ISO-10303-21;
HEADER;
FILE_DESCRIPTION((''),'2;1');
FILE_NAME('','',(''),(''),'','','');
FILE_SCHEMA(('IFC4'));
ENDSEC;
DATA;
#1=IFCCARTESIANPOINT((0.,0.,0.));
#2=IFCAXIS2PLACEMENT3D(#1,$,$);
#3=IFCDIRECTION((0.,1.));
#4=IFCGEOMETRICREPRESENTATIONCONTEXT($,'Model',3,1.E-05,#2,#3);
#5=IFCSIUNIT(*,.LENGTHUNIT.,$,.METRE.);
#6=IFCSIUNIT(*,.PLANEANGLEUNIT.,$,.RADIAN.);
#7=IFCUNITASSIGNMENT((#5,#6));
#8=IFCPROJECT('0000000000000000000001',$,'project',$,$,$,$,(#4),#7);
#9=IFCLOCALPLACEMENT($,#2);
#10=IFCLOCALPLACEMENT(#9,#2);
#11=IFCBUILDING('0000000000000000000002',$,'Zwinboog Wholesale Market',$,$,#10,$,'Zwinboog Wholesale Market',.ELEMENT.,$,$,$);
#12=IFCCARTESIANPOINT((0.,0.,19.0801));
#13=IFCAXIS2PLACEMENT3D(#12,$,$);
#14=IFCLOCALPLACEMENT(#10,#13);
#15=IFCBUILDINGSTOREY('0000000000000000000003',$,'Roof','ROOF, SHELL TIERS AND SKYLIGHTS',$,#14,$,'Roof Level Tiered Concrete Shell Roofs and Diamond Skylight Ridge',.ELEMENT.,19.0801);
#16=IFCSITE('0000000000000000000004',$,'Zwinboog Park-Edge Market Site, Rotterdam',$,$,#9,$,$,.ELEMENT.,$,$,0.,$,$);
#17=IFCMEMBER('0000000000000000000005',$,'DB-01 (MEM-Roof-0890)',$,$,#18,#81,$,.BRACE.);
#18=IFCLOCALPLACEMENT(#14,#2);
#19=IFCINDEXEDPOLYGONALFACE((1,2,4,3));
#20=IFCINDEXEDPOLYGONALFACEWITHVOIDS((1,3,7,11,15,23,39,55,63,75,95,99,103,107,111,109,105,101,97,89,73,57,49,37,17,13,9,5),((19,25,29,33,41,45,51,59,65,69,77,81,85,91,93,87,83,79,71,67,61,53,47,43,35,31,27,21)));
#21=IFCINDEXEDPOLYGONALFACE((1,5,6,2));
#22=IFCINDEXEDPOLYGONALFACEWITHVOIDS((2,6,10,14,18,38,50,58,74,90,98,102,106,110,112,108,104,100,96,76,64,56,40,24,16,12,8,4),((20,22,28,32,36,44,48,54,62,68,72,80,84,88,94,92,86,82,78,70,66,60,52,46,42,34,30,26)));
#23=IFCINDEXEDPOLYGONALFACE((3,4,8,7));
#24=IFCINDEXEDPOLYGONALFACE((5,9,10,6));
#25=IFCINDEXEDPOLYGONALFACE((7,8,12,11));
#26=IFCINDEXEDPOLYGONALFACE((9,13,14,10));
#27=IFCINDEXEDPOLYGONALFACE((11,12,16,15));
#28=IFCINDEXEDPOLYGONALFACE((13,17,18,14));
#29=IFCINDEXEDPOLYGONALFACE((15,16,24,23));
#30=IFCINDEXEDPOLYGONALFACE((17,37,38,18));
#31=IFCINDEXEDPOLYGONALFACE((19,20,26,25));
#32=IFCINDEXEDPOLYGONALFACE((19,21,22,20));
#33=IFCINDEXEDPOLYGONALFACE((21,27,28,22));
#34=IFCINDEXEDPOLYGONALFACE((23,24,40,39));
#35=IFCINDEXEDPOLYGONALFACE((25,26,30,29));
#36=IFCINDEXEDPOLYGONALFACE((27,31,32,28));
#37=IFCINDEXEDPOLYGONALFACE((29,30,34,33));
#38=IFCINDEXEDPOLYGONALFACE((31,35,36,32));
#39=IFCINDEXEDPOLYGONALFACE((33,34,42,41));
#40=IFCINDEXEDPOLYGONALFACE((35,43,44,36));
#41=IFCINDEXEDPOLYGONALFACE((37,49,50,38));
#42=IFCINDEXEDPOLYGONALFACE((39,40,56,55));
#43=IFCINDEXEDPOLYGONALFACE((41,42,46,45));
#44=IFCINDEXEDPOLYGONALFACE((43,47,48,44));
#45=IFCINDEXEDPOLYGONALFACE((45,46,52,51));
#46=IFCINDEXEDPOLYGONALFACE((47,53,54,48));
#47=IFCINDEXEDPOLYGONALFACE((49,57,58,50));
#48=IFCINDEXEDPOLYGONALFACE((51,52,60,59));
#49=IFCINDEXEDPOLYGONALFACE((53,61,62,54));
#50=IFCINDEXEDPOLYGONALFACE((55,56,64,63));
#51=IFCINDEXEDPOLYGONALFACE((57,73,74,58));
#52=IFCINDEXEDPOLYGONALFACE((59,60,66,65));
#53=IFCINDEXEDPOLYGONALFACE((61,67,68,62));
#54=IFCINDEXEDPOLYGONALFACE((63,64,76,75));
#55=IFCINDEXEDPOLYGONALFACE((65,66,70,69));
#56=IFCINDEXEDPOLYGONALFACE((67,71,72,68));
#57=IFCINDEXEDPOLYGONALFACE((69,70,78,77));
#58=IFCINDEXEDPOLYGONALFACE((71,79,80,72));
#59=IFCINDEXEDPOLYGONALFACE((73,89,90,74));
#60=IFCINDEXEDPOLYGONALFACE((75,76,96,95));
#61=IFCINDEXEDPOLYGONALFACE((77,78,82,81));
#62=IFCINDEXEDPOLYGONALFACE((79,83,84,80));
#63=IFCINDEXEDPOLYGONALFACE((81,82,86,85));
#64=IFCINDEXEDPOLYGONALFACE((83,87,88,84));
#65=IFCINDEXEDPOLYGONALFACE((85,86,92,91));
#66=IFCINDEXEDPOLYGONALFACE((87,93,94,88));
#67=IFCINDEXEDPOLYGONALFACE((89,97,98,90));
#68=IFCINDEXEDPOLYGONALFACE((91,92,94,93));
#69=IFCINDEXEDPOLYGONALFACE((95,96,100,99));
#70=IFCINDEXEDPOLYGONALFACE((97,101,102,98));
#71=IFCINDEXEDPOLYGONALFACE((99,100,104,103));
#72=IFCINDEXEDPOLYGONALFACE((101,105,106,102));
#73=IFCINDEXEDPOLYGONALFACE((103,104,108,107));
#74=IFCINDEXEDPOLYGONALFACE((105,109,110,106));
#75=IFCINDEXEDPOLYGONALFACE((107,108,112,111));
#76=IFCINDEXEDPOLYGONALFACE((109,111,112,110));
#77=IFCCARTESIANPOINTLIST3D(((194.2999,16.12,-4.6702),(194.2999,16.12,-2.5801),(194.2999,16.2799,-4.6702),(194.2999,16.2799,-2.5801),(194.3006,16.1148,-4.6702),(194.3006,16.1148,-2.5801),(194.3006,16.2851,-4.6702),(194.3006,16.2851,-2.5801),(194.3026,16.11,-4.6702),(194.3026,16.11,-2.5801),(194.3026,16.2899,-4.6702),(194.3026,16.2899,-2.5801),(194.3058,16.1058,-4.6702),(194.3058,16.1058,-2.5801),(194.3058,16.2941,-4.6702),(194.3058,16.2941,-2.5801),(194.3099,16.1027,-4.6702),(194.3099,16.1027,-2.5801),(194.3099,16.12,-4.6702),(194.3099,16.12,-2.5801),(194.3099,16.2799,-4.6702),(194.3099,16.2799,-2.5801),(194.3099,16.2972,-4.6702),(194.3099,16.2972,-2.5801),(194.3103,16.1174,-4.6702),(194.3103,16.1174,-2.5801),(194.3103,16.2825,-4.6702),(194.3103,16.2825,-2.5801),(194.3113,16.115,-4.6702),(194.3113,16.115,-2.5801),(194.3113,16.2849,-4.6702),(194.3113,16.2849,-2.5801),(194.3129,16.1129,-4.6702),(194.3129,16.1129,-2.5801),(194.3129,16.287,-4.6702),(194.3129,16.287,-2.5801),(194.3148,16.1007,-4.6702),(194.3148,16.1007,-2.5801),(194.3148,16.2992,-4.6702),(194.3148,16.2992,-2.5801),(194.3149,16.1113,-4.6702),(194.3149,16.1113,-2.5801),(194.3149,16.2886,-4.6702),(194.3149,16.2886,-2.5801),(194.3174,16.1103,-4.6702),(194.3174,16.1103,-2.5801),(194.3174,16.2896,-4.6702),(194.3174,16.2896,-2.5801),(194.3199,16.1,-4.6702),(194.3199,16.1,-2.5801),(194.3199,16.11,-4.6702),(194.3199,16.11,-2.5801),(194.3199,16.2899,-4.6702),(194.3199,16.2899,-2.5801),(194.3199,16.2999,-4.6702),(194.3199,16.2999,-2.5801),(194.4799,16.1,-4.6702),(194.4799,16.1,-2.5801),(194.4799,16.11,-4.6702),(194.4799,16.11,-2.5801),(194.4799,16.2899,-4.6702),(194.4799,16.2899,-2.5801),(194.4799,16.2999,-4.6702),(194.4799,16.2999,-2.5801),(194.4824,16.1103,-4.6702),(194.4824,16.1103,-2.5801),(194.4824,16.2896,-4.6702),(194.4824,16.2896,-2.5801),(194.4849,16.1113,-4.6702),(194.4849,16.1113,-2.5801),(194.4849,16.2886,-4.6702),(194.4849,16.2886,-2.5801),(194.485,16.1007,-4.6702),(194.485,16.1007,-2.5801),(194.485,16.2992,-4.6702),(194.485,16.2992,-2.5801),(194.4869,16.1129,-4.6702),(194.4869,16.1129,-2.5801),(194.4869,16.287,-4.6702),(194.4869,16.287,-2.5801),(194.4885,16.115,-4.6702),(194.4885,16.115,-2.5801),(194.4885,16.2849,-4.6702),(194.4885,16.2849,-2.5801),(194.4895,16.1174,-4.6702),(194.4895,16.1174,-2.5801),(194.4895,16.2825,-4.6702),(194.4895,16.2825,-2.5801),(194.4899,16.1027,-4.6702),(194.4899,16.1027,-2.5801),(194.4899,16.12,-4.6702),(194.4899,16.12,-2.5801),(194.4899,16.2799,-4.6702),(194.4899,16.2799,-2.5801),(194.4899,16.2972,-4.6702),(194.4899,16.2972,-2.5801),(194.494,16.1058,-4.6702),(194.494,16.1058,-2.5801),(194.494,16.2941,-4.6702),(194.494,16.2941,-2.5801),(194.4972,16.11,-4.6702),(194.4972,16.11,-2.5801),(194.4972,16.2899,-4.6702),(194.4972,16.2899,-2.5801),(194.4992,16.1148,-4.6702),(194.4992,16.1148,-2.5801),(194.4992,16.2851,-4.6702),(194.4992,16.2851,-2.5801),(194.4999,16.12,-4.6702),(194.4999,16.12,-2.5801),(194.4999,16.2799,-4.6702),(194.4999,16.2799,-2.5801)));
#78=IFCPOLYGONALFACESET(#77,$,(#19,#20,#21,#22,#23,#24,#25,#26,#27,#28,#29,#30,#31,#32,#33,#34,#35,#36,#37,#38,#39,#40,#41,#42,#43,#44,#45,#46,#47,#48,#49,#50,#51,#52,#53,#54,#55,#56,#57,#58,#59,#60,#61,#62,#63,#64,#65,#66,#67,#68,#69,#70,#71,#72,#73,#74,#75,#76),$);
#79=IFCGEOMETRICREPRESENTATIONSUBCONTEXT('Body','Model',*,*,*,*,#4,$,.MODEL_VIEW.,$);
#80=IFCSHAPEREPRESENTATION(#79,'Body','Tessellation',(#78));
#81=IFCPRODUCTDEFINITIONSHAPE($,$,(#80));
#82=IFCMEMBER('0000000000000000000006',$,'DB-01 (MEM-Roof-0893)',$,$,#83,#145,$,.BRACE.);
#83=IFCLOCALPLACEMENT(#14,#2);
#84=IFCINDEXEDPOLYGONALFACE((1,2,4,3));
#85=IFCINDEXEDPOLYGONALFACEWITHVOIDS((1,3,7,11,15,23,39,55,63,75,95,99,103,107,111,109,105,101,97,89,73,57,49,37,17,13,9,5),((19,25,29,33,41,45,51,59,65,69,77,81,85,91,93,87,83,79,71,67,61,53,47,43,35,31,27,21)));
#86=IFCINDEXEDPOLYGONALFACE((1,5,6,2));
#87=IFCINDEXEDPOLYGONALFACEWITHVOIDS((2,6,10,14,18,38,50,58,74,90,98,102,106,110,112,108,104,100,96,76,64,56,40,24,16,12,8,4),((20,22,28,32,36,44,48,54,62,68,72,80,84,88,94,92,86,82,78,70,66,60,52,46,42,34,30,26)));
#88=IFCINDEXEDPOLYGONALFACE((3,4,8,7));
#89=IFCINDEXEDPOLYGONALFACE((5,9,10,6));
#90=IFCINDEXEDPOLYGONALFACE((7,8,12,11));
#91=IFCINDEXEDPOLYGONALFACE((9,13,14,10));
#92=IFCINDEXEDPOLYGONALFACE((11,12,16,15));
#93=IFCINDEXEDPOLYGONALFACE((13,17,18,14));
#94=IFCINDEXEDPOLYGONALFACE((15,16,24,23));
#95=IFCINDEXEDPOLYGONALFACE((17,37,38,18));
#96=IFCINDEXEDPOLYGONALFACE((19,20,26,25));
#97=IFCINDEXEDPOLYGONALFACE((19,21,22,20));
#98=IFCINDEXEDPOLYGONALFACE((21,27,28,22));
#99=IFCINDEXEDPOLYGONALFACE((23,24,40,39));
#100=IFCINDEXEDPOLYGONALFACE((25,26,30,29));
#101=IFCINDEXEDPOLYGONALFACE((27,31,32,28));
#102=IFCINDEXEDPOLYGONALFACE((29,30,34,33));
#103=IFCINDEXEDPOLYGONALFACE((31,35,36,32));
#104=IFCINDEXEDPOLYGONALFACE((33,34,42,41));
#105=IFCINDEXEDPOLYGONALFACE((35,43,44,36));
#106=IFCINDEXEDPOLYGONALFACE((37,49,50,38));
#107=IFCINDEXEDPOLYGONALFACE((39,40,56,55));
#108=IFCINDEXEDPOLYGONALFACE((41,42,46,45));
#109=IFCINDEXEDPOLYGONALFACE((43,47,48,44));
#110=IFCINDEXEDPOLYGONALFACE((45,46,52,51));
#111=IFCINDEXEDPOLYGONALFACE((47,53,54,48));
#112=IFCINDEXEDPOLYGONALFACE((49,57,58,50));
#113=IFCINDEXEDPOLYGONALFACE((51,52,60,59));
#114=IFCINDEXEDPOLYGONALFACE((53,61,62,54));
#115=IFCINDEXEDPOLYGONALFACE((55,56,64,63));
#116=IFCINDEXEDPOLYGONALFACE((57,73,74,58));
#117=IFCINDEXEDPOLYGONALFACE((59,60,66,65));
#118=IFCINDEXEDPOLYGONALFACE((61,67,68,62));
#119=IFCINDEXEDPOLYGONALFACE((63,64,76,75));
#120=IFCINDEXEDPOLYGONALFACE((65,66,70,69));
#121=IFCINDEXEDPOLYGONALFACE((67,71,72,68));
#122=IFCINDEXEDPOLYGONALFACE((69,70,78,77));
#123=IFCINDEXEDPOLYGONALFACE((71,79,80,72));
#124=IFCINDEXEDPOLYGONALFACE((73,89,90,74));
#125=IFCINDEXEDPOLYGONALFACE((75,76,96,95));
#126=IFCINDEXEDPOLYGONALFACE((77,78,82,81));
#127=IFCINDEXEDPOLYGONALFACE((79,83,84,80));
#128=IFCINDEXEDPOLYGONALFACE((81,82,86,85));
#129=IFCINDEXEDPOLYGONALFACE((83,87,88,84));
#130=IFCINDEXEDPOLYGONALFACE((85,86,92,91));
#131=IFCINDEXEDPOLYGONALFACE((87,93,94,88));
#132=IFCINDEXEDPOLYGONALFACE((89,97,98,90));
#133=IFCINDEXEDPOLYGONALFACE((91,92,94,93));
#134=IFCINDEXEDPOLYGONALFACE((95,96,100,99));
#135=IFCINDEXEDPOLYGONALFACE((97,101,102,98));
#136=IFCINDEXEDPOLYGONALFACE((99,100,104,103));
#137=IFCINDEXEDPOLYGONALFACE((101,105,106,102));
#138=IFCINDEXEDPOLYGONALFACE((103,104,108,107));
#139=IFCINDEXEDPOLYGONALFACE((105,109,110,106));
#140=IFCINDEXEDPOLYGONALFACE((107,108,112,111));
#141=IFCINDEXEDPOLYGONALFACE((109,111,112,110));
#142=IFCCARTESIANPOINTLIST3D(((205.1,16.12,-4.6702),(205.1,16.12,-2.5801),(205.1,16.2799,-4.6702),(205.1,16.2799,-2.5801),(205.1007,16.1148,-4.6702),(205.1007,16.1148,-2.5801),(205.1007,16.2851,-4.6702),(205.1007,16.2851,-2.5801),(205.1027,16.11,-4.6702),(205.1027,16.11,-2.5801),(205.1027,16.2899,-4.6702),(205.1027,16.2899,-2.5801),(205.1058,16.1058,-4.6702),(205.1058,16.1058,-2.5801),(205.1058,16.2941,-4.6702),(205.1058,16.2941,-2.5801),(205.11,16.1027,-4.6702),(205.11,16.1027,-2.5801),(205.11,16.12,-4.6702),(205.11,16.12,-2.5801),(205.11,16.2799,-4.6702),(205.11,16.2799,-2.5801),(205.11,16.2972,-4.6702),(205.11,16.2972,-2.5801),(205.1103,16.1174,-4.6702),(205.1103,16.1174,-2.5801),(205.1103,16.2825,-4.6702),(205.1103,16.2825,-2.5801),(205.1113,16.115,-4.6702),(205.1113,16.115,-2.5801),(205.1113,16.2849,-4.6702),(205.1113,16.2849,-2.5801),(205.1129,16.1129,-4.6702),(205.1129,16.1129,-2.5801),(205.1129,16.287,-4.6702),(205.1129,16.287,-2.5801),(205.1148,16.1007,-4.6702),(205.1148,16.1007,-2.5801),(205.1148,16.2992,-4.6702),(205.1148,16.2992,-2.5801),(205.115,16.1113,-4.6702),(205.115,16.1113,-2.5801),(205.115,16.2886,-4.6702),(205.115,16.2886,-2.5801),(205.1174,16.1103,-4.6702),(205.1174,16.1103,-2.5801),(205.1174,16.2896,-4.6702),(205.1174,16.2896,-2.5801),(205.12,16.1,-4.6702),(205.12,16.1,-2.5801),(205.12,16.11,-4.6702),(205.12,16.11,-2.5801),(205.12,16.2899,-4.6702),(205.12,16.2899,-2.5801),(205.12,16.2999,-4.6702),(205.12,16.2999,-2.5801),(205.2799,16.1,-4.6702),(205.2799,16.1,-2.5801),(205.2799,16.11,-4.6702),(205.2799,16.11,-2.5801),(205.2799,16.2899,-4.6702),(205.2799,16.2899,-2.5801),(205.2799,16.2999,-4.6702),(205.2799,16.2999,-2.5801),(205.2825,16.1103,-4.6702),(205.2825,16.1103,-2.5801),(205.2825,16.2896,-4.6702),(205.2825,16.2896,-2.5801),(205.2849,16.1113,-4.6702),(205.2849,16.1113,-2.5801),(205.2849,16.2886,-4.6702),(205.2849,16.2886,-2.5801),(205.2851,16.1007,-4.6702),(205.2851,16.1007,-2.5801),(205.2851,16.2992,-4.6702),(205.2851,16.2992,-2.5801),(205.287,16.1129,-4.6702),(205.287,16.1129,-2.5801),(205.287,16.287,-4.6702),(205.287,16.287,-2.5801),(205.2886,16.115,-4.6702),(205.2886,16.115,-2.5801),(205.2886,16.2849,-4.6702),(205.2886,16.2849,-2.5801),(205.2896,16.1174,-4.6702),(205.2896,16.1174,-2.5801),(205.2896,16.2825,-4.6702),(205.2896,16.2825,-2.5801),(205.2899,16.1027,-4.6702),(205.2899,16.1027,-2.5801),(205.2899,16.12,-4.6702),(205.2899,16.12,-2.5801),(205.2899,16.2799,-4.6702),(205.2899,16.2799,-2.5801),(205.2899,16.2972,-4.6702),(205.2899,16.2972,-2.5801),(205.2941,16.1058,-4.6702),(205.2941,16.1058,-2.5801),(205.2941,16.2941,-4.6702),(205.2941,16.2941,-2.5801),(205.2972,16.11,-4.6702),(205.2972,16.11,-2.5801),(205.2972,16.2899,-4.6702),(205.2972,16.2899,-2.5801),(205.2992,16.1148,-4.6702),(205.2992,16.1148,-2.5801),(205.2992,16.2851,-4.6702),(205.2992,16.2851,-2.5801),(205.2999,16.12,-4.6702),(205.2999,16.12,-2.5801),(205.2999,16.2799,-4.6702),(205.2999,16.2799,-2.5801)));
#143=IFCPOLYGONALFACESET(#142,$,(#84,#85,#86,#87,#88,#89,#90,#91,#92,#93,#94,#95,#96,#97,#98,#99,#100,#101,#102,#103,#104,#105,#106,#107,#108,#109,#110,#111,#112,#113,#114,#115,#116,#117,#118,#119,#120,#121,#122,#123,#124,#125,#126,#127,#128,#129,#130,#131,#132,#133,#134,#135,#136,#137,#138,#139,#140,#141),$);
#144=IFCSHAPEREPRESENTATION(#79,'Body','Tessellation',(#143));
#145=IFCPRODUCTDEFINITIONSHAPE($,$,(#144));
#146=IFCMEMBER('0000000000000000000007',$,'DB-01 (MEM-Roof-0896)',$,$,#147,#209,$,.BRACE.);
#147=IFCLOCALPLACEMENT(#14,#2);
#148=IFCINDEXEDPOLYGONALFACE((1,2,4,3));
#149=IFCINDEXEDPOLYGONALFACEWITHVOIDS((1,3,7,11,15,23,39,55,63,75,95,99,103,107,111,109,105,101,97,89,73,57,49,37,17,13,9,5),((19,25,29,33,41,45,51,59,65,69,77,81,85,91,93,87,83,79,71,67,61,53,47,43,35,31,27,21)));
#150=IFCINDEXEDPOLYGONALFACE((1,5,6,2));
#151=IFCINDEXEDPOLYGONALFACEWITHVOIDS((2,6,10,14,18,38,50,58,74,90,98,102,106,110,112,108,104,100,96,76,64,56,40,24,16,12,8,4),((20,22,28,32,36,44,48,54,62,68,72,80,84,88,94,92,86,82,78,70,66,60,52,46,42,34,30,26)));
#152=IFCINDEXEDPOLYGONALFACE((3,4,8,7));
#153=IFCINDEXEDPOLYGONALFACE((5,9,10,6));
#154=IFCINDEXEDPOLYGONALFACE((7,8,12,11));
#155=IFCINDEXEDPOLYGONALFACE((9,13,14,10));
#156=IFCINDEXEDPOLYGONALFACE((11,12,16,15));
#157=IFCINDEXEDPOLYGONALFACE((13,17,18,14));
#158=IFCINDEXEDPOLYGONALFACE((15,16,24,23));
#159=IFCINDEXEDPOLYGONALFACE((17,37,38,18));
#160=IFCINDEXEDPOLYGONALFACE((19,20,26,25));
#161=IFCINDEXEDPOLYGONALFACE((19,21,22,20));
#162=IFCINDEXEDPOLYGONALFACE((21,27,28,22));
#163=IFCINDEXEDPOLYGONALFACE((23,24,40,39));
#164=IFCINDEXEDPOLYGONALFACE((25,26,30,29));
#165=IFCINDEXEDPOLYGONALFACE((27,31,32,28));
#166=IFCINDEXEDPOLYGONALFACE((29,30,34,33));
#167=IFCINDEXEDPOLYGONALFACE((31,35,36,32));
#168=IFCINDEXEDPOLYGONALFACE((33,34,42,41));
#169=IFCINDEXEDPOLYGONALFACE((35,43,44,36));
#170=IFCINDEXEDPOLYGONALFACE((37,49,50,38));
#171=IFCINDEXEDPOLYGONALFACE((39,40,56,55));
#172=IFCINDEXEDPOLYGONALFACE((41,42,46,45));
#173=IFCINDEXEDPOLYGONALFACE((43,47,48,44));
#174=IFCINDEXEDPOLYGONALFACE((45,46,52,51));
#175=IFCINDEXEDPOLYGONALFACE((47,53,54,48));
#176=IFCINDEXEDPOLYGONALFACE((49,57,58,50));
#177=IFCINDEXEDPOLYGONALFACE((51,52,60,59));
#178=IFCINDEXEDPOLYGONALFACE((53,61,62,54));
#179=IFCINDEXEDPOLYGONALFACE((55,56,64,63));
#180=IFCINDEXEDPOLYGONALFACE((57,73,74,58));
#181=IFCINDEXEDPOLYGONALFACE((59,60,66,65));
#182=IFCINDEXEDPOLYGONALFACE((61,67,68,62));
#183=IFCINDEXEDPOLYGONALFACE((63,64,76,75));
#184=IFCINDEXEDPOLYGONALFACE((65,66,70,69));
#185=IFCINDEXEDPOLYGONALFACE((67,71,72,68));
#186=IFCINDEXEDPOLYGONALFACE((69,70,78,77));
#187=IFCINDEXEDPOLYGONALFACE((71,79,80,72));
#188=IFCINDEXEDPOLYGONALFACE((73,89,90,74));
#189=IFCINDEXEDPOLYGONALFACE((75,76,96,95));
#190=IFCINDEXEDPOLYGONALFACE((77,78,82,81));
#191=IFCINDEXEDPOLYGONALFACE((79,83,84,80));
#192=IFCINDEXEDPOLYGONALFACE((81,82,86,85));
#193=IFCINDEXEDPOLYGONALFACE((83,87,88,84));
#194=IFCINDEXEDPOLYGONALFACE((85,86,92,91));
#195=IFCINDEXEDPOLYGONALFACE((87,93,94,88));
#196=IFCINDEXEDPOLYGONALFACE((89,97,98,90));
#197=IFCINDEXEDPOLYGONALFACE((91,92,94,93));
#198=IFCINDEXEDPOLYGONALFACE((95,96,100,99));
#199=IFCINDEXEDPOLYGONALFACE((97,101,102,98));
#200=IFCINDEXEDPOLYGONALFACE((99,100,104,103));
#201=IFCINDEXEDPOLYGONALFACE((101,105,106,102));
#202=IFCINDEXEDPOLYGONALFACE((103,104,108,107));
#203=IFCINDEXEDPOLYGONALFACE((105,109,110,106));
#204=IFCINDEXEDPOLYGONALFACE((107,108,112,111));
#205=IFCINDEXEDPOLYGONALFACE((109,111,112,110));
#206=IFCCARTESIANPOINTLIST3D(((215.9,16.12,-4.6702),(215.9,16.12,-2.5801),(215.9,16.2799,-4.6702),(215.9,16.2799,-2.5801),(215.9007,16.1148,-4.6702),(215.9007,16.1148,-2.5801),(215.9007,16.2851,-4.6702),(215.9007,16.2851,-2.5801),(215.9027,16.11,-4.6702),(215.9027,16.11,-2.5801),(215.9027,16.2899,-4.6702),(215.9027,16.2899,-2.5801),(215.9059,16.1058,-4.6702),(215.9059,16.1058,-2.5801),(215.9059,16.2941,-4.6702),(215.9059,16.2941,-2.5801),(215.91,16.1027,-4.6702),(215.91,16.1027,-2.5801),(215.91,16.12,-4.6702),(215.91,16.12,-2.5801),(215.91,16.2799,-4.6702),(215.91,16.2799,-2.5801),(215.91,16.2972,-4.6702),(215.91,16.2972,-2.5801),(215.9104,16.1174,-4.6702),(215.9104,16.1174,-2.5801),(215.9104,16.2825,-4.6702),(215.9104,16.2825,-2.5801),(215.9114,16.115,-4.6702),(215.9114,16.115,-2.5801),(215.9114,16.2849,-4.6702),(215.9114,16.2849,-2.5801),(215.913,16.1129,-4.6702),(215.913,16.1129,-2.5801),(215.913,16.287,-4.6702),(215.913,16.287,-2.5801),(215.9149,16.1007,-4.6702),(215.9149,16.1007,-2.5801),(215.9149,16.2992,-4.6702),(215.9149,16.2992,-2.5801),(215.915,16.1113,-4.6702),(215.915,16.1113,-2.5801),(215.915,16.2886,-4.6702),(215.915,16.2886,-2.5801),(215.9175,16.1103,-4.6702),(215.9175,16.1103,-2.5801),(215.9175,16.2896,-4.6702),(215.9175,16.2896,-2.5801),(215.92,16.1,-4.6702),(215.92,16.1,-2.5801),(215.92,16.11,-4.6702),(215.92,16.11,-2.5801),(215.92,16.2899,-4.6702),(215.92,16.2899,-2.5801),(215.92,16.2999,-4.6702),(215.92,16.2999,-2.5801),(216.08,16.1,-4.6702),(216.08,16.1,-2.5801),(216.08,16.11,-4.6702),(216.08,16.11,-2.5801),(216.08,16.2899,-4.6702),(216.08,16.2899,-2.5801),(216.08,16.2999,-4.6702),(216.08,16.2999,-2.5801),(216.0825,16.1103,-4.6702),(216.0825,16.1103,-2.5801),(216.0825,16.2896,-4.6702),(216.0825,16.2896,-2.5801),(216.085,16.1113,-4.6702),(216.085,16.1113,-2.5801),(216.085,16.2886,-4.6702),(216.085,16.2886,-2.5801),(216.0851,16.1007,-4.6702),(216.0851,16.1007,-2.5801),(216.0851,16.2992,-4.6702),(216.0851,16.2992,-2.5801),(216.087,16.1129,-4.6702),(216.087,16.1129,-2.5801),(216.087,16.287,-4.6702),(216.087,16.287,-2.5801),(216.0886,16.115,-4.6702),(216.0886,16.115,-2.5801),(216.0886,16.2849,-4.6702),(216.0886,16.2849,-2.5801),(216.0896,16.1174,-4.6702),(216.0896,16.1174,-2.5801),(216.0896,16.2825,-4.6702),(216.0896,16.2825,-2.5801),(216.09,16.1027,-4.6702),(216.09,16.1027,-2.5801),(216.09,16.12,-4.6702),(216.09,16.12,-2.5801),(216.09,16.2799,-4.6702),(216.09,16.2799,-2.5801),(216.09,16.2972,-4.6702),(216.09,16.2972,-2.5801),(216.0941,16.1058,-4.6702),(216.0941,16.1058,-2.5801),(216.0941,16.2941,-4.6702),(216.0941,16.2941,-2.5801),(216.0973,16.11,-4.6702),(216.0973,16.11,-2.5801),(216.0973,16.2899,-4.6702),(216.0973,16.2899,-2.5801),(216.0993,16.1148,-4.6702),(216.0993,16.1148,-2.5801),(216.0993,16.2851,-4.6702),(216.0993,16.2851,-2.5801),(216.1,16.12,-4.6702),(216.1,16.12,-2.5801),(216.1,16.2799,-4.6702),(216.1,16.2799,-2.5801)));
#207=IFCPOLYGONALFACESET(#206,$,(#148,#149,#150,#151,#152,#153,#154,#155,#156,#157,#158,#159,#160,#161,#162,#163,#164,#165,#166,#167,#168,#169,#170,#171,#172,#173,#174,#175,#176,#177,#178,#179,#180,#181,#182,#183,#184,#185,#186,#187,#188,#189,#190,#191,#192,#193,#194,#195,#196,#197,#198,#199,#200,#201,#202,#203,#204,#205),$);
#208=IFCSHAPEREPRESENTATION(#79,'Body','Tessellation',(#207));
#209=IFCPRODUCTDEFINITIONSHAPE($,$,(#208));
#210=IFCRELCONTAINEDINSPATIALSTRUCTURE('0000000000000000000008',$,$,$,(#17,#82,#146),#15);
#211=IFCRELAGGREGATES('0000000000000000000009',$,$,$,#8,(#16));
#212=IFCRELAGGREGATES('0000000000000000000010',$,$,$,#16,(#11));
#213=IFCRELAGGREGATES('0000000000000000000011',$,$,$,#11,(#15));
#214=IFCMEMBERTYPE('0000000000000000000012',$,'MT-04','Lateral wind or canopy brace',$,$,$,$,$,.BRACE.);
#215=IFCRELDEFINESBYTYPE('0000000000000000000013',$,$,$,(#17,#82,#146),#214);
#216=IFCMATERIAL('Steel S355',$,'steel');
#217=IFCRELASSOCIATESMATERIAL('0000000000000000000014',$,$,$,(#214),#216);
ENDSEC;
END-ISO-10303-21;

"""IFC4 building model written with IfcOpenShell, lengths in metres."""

from ifc_helpers import new_model, si_unit, direction, frame, origin, origin_2d, place, context, subcontext, project, spatial, hollow_rectangle, extrude, material, material_profile, profile_set, type_object, element, save


model = new_model("IFC4")

# Units and contexts
model_context = context("Model", 3, precision=1e-05, world=origin(), true_north=direction((0.0, 1.0)))
body_context = subcontext(model_context, "Body", "Model", "MODEL_VIEW")
ifc_project = project(units=[si_unit("LENGTHUNIT", "METRE"), si_unit("PLANEANGLEUNIT", "RADIAN")], contexts=[model_context])

# Site, building, storey
site_placement = place(None, origin())
site = spatial("IfcSite", under=ifc_project, at=site_placement, Name="Zwinboog Park-Edge Market Site, Rotterdam", CompositionType="ELEMENT", RefElevation=0.0)
building_placement = place(site_placement, origin())
building = spatial("IfcBuilding", under=site, at=building_placement, Name="Zwinboog Wholesale Market", LongName="Zwinboog Wholesale Market", CompositionType="ELEMENT")
storey_placement = place(building_placement, frame((0.0, 0.0, 19.0801)))
storey = spatial("IfcBuildingStorey", under=building, at=storey_placement, Name="Roof", Description="ROOF, SHELL TIERS AND SKYLIGHTS", LongName="Roof Level Tiered Concrete Shell Roofs and Diamond Skylight Ridge", CompositionType="ELEMENT", Elevation=19.0801)

# Shared definitions
ifc_material_1 = material(Name="Steel S355", Category="steel")

# Members
ifc_material_profile_1 = material_profile(ifc_material_1, hollow_rectangle(XDim=0.2, YDim=0.2, WallThickness=0.01, InnerFilletRadius=0.01, OuterFilletRadius=0.02, at=origin_2d()), Name="SHS 200x200x10")
ifc_profile_set_1 = profile_set([ifc_material_profile_1], Name="Steel S355")
member_type_1 = type_object("IfcMemberType", Name="MT-04", Description="Lateral wind or canopy brace", PredefinedType="BRACE", material=ifc_profile_set_1)
for number, where, z_axis, x_axis, name in (
    (1, (194.3999, 16.2, -4.6702), (0.0, 0.0, 1.0), (1.0, 0.0, 0.0), "DB-01 (MEM-Roof-0890)"),
    (2, (205.2, 16.2, -4.6702), (0.0, 0.0, 1.0), (1.0, 0.0, 0.0), "DB-01 (MEM-Roof-0893)"),
    (3, (216.0, 16.2, -4.6702), (0.0, 0.0, 1.0), (1.0, 0.0, 0.0), "DB-01 (MEM-Roof-0896)"),
):
    element("IfcMember", number, at=place(storey_placement, frame(where, z_axis=z_axis, x_axis=x_axis)), inside=storey, type_object=member_type_1, Name=name, PredefinedType="BRACE", context=body_context, shape_type="SweptSolid", body=[
        extrude(hollow_rectangle(XDim=0.2, YDim=0.2, WallThickness=0.01, InnerFilletRadius=0.01, OuterFilletRadius=0.02, at=origin_2d()), origin(), (0.0, 0.0, 1.0), 2.0901),
    ])

save(model, "model.ifc")
